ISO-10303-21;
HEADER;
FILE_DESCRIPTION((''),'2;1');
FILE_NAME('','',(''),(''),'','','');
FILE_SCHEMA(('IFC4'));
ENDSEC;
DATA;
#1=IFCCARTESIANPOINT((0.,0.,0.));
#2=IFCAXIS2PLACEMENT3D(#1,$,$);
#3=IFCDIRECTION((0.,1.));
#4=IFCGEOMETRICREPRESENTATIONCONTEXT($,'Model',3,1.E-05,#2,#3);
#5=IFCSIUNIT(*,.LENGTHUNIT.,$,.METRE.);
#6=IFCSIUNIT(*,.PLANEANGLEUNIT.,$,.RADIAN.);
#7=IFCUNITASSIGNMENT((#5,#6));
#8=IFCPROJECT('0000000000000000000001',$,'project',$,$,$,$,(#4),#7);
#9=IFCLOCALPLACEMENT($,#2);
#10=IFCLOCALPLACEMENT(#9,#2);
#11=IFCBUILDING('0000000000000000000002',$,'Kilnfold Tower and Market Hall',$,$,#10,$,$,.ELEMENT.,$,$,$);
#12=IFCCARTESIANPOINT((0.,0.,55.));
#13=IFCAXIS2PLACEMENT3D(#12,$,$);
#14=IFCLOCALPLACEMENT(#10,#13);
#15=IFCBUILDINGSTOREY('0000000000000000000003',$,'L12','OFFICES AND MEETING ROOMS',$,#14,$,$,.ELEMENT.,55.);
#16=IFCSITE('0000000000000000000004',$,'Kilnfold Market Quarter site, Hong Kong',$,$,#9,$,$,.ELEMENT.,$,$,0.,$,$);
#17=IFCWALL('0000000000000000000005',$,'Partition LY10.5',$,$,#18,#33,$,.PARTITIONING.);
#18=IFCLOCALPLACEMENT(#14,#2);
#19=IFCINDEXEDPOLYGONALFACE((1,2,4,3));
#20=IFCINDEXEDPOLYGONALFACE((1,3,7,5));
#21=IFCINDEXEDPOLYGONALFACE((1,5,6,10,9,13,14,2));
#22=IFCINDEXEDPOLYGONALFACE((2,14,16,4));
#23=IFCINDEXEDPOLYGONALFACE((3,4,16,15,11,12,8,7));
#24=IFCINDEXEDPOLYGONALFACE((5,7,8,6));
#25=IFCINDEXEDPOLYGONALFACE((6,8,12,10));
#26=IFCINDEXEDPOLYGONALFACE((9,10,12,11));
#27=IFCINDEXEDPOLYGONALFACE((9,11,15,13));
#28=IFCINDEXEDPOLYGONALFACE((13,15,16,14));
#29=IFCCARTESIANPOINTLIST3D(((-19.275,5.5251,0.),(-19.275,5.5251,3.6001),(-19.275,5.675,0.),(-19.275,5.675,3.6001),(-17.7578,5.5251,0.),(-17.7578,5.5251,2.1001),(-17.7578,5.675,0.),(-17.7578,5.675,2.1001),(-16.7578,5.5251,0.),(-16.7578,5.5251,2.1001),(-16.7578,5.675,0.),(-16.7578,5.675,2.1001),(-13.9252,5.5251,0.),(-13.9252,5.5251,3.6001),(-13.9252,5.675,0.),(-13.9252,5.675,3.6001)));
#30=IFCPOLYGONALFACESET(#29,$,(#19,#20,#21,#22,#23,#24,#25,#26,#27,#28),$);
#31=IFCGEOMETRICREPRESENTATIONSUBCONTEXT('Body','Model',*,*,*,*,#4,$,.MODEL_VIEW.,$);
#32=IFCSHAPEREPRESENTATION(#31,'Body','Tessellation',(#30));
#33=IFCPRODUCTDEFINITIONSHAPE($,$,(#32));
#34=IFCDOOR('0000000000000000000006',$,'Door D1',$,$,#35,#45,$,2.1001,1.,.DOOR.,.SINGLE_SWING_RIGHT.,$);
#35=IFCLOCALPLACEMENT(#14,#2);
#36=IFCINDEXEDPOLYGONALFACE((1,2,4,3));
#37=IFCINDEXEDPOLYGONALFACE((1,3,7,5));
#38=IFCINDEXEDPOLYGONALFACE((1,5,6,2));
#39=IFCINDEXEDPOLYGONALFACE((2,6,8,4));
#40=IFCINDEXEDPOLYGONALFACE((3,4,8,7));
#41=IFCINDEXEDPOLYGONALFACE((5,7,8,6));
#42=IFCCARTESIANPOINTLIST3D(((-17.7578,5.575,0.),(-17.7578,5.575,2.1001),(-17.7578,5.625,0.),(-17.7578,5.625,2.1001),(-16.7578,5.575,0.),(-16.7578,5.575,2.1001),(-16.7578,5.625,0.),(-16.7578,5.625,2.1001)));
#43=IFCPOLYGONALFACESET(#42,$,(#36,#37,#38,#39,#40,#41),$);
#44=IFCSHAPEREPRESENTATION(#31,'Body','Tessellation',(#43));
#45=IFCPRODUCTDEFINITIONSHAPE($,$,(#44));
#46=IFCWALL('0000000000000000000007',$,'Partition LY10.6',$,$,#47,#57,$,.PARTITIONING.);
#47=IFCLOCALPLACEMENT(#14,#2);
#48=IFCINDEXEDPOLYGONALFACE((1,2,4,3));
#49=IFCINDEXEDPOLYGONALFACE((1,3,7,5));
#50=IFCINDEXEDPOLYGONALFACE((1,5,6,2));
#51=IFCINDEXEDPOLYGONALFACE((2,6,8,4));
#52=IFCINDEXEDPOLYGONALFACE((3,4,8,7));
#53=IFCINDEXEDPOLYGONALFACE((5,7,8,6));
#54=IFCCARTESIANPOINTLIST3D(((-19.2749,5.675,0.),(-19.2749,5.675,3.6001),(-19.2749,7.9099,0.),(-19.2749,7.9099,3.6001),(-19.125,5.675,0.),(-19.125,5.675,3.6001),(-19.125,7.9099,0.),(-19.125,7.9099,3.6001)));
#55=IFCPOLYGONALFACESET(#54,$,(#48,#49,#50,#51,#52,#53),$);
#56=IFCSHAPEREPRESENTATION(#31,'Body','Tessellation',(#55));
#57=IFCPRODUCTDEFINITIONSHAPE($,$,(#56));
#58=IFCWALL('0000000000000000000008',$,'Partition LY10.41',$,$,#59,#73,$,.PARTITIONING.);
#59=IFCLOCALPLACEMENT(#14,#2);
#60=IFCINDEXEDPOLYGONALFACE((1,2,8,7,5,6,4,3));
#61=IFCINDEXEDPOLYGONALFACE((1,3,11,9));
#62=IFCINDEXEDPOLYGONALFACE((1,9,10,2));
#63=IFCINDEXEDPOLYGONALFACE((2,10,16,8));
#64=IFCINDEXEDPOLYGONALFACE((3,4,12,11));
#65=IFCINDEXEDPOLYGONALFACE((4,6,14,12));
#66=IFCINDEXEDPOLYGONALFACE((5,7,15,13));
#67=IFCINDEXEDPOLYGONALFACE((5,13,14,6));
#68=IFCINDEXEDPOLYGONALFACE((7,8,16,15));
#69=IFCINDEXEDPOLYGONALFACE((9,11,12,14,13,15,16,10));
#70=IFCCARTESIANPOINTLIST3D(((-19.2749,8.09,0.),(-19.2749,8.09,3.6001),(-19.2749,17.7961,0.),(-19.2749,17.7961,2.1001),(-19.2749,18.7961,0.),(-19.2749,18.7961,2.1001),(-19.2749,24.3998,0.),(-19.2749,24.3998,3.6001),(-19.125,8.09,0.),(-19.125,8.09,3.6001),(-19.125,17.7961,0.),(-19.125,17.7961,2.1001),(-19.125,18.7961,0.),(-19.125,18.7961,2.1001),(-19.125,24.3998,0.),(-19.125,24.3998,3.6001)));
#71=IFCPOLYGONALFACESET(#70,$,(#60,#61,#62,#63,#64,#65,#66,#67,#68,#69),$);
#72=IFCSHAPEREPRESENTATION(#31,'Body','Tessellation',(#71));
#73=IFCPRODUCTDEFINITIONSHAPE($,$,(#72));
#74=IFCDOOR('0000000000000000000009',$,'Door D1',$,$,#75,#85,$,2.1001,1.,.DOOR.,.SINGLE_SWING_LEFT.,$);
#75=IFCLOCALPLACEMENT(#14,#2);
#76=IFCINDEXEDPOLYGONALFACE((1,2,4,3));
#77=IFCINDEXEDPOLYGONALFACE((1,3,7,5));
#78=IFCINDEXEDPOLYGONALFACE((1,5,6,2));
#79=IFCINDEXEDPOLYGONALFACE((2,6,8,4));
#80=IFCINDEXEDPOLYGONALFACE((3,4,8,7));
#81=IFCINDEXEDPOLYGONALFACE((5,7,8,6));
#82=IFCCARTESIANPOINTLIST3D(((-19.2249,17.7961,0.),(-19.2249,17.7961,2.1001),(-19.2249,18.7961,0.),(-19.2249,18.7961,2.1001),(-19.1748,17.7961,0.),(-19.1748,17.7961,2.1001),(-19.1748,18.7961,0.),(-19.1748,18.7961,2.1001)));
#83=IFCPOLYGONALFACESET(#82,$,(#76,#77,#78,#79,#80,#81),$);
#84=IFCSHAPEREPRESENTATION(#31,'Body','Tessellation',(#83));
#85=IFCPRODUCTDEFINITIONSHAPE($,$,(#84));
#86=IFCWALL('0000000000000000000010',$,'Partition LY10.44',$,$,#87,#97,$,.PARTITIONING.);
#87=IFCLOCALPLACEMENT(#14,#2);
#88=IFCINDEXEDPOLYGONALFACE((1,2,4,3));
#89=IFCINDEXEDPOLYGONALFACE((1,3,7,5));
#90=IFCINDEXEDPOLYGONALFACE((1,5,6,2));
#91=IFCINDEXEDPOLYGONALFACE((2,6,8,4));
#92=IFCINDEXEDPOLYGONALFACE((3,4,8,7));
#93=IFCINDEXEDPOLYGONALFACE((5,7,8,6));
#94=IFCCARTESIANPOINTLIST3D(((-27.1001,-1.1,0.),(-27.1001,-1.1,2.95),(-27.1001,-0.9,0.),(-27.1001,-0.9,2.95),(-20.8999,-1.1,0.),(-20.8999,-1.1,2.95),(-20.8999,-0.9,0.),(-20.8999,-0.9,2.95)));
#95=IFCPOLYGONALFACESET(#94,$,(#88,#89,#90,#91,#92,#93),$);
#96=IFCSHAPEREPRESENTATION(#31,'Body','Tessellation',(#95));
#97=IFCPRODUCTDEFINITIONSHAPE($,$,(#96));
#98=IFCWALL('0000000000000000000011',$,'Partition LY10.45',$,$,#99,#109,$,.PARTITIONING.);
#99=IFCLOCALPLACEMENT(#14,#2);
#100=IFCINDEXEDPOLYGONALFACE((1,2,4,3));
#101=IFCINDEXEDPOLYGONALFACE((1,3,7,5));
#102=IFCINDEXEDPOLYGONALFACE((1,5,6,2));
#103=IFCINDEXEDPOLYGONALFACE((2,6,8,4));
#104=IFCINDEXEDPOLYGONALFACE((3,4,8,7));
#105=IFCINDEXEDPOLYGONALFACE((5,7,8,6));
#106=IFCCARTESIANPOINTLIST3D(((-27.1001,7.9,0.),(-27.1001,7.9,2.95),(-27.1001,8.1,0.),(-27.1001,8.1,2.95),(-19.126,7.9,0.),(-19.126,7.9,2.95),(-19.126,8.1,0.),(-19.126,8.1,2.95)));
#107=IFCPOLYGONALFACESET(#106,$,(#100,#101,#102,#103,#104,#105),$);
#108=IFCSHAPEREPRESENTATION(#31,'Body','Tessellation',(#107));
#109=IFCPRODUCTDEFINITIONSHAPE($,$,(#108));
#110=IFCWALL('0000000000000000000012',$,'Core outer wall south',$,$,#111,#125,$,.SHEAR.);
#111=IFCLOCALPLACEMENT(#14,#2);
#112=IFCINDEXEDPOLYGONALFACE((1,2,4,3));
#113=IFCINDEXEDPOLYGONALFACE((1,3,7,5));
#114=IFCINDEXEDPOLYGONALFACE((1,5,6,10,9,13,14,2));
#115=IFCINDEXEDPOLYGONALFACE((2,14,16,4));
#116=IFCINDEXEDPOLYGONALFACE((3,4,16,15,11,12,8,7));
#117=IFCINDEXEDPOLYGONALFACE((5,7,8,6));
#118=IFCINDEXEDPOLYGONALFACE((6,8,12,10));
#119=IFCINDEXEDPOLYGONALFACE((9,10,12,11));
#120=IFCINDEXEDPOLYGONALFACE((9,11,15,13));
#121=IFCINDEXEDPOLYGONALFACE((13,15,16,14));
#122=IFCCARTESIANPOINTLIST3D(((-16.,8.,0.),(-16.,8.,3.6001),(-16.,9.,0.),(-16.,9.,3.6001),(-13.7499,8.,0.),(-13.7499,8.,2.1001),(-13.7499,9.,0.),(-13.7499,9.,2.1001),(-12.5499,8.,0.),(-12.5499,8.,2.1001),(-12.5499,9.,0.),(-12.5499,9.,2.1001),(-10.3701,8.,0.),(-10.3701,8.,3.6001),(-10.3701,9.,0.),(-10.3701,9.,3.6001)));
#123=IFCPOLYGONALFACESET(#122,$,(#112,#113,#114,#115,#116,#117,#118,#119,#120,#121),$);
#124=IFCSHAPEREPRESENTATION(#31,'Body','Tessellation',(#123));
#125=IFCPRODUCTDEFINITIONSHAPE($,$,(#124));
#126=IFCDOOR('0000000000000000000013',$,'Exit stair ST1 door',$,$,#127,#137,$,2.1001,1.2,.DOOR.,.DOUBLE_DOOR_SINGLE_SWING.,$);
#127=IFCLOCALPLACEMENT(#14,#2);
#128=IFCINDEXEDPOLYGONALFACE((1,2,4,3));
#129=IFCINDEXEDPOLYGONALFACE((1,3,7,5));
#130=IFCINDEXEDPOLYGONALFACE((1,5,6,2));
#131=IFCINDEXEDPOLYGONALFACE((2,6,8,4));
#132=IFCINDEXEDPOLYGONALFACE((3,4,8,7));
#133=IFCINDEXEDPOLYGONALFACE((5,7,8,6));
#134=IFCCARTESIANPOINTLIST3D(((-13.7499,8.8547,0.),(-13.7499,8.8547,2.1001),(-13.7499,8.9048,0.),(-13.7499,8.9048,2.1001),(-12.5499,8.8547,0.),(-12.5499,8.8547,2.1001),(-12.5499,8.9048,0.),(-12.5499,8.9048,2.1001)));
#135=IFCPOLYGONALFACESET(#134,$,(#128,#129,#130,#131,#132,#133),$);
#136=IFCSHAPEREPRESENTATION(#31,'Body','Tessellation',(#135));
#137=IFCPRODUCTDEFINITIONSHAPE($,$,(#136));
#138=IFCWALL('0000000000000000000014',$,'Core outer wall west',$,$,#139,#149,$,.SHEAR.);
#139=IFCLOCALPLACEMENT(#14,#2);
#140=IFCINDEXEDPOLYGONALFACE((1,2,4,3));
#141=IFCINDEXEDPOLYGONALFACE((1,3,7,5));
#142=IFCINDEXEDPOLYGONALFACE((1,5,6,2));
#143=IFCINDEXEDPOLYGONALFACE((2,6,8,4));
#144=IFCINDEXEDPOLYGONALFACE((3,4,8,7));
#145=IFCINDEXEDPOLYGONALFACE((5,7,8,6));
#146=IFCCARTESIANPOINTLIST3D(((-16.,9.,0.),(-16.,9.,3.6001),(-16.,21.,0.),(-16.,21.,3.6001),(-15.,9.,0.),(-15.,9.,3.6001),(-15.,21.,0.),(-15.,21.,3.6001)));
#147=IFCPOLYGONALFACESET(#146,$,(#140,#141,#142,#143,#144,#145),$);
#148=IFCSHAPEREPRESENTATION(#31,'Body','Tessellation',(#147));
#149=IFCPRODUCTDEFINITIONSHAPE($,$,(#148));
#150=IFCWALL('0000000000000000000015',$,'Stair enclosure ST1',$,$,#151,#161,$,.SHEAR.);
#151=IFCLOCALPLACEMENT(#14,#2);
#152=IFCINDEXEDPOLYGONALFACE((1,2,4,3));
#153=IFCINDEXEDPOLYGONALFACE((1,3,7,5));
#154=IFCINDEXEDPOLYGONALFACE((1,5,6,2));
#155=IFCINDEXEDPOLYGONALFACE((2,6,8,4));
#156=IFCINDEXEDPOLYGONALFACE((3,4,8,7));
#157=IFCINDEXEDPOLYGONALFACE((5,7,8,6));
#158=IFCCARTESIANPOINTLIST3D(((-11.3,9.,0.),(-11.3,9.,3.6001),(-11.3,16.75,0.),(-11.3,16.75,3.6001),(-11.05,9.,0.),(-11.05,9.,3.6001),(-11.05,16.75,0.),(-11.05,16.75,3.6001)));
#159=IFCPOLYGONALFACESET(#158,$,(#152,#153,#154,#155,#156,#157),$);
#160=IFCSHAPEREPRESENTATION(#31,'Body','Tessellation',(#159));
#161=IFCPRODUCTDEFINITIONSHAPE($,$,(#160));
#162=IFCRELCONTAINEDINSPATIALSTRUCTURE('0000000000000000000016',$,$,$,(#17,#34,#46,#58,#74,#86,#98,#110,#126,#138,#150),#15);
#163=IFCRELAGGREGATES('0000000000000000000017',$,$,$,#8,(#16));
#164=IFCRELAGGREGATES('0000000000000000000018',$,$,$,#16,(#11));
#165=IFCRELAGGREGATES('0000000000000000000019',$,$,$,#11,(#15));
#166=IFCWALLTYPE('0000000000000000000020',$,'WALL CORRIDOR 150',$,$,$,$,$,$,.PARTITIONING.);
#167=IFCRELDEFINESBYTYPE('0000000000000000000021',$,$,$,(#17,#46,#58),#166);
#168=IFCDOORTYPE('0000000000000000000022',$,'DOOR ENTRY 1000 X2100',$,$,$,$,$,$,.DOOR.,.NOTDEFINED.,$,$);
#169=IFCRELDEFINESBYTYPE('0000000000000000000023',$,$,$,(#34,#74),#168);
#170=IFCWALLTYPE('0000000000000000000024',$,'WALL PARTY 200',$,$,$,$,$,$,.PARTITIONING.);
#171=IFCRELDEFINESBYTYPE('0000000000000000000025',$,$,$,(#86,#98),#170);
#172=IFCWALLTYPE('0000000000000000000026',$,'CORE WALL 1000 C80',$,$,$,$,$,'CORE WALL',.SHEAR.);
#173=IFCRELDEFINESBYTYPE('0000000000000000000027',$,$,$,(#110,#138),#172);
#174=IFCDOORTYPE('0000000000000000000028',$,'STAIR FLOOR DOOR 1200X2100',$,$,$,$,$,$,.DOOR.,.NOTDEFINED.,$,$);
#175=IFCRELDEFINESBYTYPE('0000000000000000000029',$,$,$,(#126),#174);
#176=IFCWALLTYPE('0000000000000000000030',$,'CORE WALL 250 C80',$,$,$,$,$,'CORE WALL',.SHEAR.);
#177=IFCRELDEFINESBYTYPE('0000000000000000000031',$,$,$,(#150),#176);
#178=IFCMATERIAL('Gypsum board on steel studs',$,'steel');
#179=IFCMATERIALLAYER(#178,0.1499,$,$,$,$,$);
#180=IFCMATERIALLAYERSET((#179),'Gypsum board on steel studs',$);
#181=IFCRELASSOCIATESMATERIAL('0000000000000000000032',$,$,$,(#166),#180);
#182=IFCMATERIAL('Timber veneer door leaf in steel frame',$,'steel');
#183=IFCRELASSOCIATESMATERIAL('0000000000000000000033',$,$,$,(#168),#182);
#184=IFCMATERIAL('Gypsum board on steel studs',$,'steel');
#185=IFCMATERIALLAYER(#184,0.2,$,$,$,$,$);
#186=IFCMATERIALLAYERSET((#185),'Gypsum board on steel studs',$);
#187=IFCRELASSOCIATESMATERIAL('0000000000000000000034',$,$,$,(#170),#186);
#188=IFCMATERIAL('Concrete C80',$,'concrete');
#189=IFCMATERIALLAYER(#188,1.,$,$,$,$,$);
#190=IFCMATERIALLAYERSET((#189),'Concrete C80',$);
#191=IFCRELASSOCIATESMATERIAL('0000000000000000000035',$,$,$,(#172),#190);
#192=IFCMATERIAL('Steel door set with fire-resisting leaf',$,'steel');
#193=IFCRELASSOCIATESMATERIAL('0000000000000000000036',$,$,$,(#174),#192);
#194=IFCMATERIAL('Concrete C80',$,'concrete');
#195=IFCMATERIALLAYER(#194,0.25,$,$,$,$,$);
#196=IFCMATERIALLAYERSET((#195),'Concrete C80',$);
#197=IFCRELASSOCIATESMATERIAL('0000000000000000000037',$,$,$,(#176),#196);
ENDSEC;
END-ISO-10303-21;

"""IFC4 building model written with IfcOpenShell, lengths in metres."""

from ifc_helpers import new_model, si_unit, direction, frame, frame_2d, origin, place, context, subcontext, project, spatial, rectangle, extrude, source, transform, mapped, material, layer, layer_set, type_object, element, fill, save


model = new_model("IFC4")

# Units and contexts
model_context = context("Model", 3, precision=1e-05, world=origin(), true_north=direction((0.0, 1.0)))
body_context = subcontext(model_context, "Body", "Model", "MODEL_VIEW")
ifc_project = project(units=[si_unit("LENGTHUNIT", "METRE"), si_unit("PLANEANGLEUNIT", "RADIAN")], contexts=[model_context])

# Site, building, storey
site_placement = place(None, origin())
site = spatial("IfcSite", under=ifc_project, at=site_placement, Name="Kilnfold Market Quarter site, Hong Kong", CompositionType="ELEMENT", RefElevation=0.0)
building_placement = place(site_placement, origin())
building = spatial("IfcBuilding", under=site, at=building_placement, Name="Kilnfold Tower and Market Hall", CompositionType="ELEMENT")
storey_placement = place(building_placement, frame((0.0, 0.0, 55.0)))
storey = spatial("IfcBuildingStorey", under=building, at=storey_placement, Name="L12", Description="OFFICES AND MEETING ROOMS", CompositionType="ELEMENT", Elevation=55.0)

# Shared definitions
ifc_material_1 = material(Name="Gypsum board on steel studs", Category="steel")
ifc_layer_1 = layer(ifc_material_1, 0.1499)
ifc_layer_set_1 = layer_set([ifc_layer_1], Name="Gypsum board on steel studs")
wall_type_1 = type_object("IfcWallType", Name="WALL CORRIDOR 150", PredefinedType="PARTITIONING", material=ifc_layer_set_1)

# Wall, opening, door
wall_1_placement = place(storey_placement, frame((-19.2749, 5.6001, 0.0), z_axis=(0.0, 0.0, 1.0), x_axis=(1.0, 0.0, 0.0)))
wall_1 = element("IfcWall", 1, at=wall_1_placement, inside=storey, type_object=wall_type_1, Name="Partition LY10.5", PredefinedType="PARTITIONING", context=body_context, shape_type="SweptSolid", body=[
    extrude(rectangle(XDim=5.3499, YDim=0.1499, at=frame_2d((2.6748, 0.0))), origin(), (0.0, 0.0, 1.0), 3.6001),
])
opening_1_placement = place(wall_1_placement, frame((1.5171, 0.0, 0.0)))
opening_1 = element("IfcOpeningElement", 2, at=opening_1_placement, cuts=wall_1, PredefinedType="OPENING", context=body_context, shape_type="SweptSolid", body=[
    extrude(rectangle(XDim=1.0, YDim=2.1001, at=frame_2d((0.5, 1.05))), frame((0.0, 0.085, 0.0), z_axis=(0.0, -1.0, 0.0), x_axis=(1.0, 0.0, 0.0)), (0.0, 0.0, 1.0), 0.1699),
])
ifc_material_2 = material(Name="Timber veneer door leaf in steel frame", Category="steel")
door_type_1 = type_object("IfcDoorType", Name="DOOR ENTRY 1000 X2100", OperationType="NOTDEFINED", PredefinedType="DOOR", material=ifc_material_2)
door_1_placement = place(opening_1_placement, origin())
door_1 = element("IfcDoor", 3, at=door_1_placement, inside=storey, type_object=door_type_1, Name="Door D1", OperationType="SINGLE_SWING_RIGHT", OverallHeight=2.1001, OverallWidth=1.0, PredefinedType="DOOR", context=body_context, shape_type="SweptSolid", body=[
    extrude(rectangle(XDim=1.0, YDim=2.1001, at=frame_2d((0.5, 1.05))), frame((0.0, 0.0249, 0.0), z_axis=(0.0, -1.0, 0.0), x_axis=(1.0, 0.0, 0.0)), (0.0, 0.0, 1.0), 0.05),
])
fill(opening_1, door_1)

# Wall
wall_2_placement = place(storey_placement, frame((-19.2, 5.675, 0.0), z_axis=(0.0, 0.0, 1.0), x_axis=(0.0, 1.0, 0.0)))
element("IfcWall", 4, at=wall_2_placement, inside=storey, type_object=wall_type_1, Name="Partition LY10.6", PredefinedType="PARTITIONING", context=body_context, shape_type="SweptSolid", body=[
    extrude(rectangle(XDim=2.2349, YDim=0.1499, at=frame_2d((1.1174, 0.0))), origin(), (0.0, 0.0, 1.0), 3.6001),
])

# Wall, opening, door
wall_3_placement = place(storey_placement, frame((-19.2, 8.0901, 0.0), z_axis=(0.0, 0.0, 1.0), x_axis=(0.0, 1.0, 0.0)))
wall_3 = element("IfcWall", 5, at=wall_3_placement, inside=storey, type_object=wall_type_1, Name="Partition LY10.41", PredefinedType="PARTITIONING", context=body_context, shape_type="SweptSolid", body=[
    extrude(rectangle(XDim=16.3098, YDim=0.1499, at=frame_2d((8.1548, 0.0))), origin(), (0.0, 0.0, 1.0), 3.6001),
])
opening_2_placement = place(wall_3_placement, frame((9.7061, 0.0, 0.0)))
opening_2 = element("IfcOpeningElement", 6, at=opening_2_placement, cuts=wall_3, PredefinedType="OPENING", context=body_context, shape_type="SweptSolid", body=[
    extrude(rectangle(XDim=1.0, YDim=2.1001, at=frame_2d((0.5, 1.05))), frame((0.0, 0.085, 0.0), z_axis=(0.0, -1.0, 0.0), x_axis=(1.0, 0.0, 0.0)), (0.0, 0.0, 1.0), 0.1699),
])
door_2_placement = place(opening_2_placement, origin())
door_2 = element("IfcDoor", 7, at=door_2_placement, inside=storey, type_object=door_type_1, Name="Door D1", OperationType="SINGLE_SWING_LEFT", OverallHeight=2.1001, OverallWidth=1.0, PredefinedType="DOOR", context=body_context, shape_type="SweptSolid", body=[
    extrude(rectangle(XDim=1.0, YDim=2.1001, at=frame_2d((0.5, 1.05))), frame((0.0, 0.0249, 0.0), z_axis=(0.0, -1.0, 0.0), x_axis=(1.0, 0.0, 0.0)), (0.0, 0.0, 1.0), 0.05),
])
fill(opening_2, door_2)

# Walls
ifc_material_3 = material(Name="Gypsum board on steel studs", Category="steel")
ifc_layer_2 = layer(ifc_material_3, 0.2)
ifc_layer_set_2 = layer_set([ifc_layer_2], Name="Gypsum board on steel studs")
wall_type_2 = type_object("IfcWallType", Name="WALL PARTY 200", PredefinedType="PARTITIONING", material=ifc_layer_set_2)
wall_4_placement = place(storey_placement, frame((-27.1001, -1.0, 0.0), z_axis=(0.0, 0.0, 1.0), x_axis=(1.0, 0.0, 0.0)))
element("IfcWall", 8, at=wall_4_placement, inside=storey, type_object=wall_type_2, Name="Partition LY10.44", PredefinedType="PARTITIONING", context=body_context, shape_type="SweptSolid", body=[
    extrude(rectangle(XDim=6.2002, YDim=0.2, at=frame_2d((3.1001, 0.0))), origin(), (0.0, 0.0, 1.0), 2.95),
])
wall_5_placement = place(storey_placement, frame((-19.126, 8.0, 0.0), z_axis=(0.0, 0.0, 1.0), x_axis=(-1.0, 0.0, 0.0)))
element("IfcWall", 9, at=wall_5_placement, inside=storey, type_object=wall_type_2, Name="Partition LY10.45", PredefinedType="PARTITIONING", context=body_context, shape_type="SweptSolid", body=[
    extrude(rectangle(XDim=7.9741, YDim=0.2, at=frame_2d((3.9871, 0.0))), origin(), (0.0, 0.0, 1.0), 2.95),
])

# Wall, opening, door
ifc_material_4 = material(Name="Concrete C80", Category="concrete")
ifc_layer_3 = layer(ifc_material_4, 1.0)
ifc_layer_set_3 = layer_set([ifc_layer_3], Name="Concrete C80")
wall_type_3 = type_object("IfcWallType", Name="CORE WALL 1000 C80", ElementType="CORE WALL", PredefinedType="SHEAR", material=ifc_layer_set_3)
shared_shape_1 = source(origin(), body_context, "Body", "SweptSolid", [
    extrude(rectangle(XDim=5.6299, YDim=1.0, at=frame_2d((2.8149, 0.0))), origin(), (0.0, 0.0, 1.0), 3.6001),
])
wall_6_placement = place(storey_placement, frame((-16.0, 8.5, 0.0), z_axis=(0.0, 0.0, 1.0), x_axis=(1.0, 0.0, 0.0)))
wall_6 = element("IfcWall", 10, at=wall_6_placement, inside=storey, type_object=wall_type_3, Name="Core outer wall south", PredefinedType="SHEAR", context=body_context, shape_type="MappedRepresentation", body=[
    mapped(shared_shape_1, transform((0.0, 0.0, 0.0))),
])
opening_3_placement = place(wall_6_placement, frame((2.25, 0.0, 0.0)))
opening_3 = element("IfcOpeningElement", 11, at=opening_3_placement, cuts=wall_6, PredefinedType="OPENING", context=body_context, shape_type="SweptSolid", body=[
    extrude(rectangle(XDim=1.2, YDim=2.1001, at=frame_2d((0.6001, 1.05))), frame((0.0, 0.51, 0.0), z_axis=(0.0, -1.0, 0.0), x_axis=(1.0, 0.0, 0.0)), (0.0, 0.0, 1.0), 1.02),
])
ifc_material_5 = material(Name="Steel door set with fire-resisting leaf", Category="steel")
door_type_2 = type_object("IfcDoorType", Name="STAIR FLOOR DOOR 1200X2100", OperationType="NOTDEFINED", PredefinedType="DOOR", material=ifc_material_5)
door_3_placement = place(opening_3_placement, origin())
door_3 = element("IfcDoor", 12, at=door_3_placement, inside=storey, type_object=door_type_2, Name="Exit stair ST1 door", OperationType="DOUBLE_DOOR_SINGLE_SWING", OverallHeight=2.1001, OverallWidth=1.2, PredefinedType="DOOR", context=body_context, shape_type="SweptSolid", body=[
    extrude(rectangle(XDim=1.2, YDim=2.1001, at=frame_2d((0.6001, 1.05))), frame((0.0, 0.4048, 0.0), z_axis=(0.0, -1.0, 0.0), x_axis=(1.0, 0.0, 0.0)), (0.0, 0.0, 1.0), 0.05),
])
fill(opening_3, door_3)

# Walls
shared_shape_2 = source(origin(), body_context, "Body", "SweptSolid", [
    extrude(rectangle(XDim=12.0, YDim=1.0, at=frame_2d((6.0, 0.0))), origin(), (0.0, 0.0, 1.0), 3.6001),
])
wall_7_placement = place(storey_placement, frame((-15.5, 9.0, 0.0), z_axis=(0.0, 0.0, 1.0), x_axis=(0.0, 1.0, 0.0)))
element("IfcWall", 13, at=wall_7_placement, inside=storey, type_object=wall_type_3, Name="Core outer wall west", PredefinedType="SHEAR", context=body_context, shape_type="MappedRepresentation", body=[
    mapped(shared_shape_2, transform((0.0, 0.0, 0.0))),
])
ifc_material_6 = material(Name="Concrete C80", Category="concrete")
ifc_layer_4 = layer(ifc_material_6, 0.25)
ifc_layer_set_4 = layer_set([ifc_layer_4], Name="Concrete C80")
wall_type_4 = type_object("IfcWallType", Name="CORE WALL 250 C80", ElementType="CORE WALL", PredefinedType="SHEAR", material=ifc_layer_set_4)
shared_shape_3 = source(origin(), body_context, "Body", "SweptSolid", [
    extrude(rectangle(XDim=7.75, YDim=0.25, at=frame_2d((3.875, 0.0))), origin(), (0.0, 0.0, 1.0), 3.6001),
])
wall_8_placement = place(storey_placement, frame((-11.175, 9.0, 0.0), z_axis=(0.0, 0.0, 1.0), x_axis=(0.0, 1.0, 0.0)))
element("IfcWall", 14, at=wall_8_placement, inside=storey, type_object=wall_type_4, Name="Stair enclosure ST1", PredefinedType="SHEAR", context=body_context, shape_type="MappedRepresentation", body=[
    mapped(shared_shape_3, transform((0.0, 0.0, 0.0))),
])

save(model, "model.ifc")
